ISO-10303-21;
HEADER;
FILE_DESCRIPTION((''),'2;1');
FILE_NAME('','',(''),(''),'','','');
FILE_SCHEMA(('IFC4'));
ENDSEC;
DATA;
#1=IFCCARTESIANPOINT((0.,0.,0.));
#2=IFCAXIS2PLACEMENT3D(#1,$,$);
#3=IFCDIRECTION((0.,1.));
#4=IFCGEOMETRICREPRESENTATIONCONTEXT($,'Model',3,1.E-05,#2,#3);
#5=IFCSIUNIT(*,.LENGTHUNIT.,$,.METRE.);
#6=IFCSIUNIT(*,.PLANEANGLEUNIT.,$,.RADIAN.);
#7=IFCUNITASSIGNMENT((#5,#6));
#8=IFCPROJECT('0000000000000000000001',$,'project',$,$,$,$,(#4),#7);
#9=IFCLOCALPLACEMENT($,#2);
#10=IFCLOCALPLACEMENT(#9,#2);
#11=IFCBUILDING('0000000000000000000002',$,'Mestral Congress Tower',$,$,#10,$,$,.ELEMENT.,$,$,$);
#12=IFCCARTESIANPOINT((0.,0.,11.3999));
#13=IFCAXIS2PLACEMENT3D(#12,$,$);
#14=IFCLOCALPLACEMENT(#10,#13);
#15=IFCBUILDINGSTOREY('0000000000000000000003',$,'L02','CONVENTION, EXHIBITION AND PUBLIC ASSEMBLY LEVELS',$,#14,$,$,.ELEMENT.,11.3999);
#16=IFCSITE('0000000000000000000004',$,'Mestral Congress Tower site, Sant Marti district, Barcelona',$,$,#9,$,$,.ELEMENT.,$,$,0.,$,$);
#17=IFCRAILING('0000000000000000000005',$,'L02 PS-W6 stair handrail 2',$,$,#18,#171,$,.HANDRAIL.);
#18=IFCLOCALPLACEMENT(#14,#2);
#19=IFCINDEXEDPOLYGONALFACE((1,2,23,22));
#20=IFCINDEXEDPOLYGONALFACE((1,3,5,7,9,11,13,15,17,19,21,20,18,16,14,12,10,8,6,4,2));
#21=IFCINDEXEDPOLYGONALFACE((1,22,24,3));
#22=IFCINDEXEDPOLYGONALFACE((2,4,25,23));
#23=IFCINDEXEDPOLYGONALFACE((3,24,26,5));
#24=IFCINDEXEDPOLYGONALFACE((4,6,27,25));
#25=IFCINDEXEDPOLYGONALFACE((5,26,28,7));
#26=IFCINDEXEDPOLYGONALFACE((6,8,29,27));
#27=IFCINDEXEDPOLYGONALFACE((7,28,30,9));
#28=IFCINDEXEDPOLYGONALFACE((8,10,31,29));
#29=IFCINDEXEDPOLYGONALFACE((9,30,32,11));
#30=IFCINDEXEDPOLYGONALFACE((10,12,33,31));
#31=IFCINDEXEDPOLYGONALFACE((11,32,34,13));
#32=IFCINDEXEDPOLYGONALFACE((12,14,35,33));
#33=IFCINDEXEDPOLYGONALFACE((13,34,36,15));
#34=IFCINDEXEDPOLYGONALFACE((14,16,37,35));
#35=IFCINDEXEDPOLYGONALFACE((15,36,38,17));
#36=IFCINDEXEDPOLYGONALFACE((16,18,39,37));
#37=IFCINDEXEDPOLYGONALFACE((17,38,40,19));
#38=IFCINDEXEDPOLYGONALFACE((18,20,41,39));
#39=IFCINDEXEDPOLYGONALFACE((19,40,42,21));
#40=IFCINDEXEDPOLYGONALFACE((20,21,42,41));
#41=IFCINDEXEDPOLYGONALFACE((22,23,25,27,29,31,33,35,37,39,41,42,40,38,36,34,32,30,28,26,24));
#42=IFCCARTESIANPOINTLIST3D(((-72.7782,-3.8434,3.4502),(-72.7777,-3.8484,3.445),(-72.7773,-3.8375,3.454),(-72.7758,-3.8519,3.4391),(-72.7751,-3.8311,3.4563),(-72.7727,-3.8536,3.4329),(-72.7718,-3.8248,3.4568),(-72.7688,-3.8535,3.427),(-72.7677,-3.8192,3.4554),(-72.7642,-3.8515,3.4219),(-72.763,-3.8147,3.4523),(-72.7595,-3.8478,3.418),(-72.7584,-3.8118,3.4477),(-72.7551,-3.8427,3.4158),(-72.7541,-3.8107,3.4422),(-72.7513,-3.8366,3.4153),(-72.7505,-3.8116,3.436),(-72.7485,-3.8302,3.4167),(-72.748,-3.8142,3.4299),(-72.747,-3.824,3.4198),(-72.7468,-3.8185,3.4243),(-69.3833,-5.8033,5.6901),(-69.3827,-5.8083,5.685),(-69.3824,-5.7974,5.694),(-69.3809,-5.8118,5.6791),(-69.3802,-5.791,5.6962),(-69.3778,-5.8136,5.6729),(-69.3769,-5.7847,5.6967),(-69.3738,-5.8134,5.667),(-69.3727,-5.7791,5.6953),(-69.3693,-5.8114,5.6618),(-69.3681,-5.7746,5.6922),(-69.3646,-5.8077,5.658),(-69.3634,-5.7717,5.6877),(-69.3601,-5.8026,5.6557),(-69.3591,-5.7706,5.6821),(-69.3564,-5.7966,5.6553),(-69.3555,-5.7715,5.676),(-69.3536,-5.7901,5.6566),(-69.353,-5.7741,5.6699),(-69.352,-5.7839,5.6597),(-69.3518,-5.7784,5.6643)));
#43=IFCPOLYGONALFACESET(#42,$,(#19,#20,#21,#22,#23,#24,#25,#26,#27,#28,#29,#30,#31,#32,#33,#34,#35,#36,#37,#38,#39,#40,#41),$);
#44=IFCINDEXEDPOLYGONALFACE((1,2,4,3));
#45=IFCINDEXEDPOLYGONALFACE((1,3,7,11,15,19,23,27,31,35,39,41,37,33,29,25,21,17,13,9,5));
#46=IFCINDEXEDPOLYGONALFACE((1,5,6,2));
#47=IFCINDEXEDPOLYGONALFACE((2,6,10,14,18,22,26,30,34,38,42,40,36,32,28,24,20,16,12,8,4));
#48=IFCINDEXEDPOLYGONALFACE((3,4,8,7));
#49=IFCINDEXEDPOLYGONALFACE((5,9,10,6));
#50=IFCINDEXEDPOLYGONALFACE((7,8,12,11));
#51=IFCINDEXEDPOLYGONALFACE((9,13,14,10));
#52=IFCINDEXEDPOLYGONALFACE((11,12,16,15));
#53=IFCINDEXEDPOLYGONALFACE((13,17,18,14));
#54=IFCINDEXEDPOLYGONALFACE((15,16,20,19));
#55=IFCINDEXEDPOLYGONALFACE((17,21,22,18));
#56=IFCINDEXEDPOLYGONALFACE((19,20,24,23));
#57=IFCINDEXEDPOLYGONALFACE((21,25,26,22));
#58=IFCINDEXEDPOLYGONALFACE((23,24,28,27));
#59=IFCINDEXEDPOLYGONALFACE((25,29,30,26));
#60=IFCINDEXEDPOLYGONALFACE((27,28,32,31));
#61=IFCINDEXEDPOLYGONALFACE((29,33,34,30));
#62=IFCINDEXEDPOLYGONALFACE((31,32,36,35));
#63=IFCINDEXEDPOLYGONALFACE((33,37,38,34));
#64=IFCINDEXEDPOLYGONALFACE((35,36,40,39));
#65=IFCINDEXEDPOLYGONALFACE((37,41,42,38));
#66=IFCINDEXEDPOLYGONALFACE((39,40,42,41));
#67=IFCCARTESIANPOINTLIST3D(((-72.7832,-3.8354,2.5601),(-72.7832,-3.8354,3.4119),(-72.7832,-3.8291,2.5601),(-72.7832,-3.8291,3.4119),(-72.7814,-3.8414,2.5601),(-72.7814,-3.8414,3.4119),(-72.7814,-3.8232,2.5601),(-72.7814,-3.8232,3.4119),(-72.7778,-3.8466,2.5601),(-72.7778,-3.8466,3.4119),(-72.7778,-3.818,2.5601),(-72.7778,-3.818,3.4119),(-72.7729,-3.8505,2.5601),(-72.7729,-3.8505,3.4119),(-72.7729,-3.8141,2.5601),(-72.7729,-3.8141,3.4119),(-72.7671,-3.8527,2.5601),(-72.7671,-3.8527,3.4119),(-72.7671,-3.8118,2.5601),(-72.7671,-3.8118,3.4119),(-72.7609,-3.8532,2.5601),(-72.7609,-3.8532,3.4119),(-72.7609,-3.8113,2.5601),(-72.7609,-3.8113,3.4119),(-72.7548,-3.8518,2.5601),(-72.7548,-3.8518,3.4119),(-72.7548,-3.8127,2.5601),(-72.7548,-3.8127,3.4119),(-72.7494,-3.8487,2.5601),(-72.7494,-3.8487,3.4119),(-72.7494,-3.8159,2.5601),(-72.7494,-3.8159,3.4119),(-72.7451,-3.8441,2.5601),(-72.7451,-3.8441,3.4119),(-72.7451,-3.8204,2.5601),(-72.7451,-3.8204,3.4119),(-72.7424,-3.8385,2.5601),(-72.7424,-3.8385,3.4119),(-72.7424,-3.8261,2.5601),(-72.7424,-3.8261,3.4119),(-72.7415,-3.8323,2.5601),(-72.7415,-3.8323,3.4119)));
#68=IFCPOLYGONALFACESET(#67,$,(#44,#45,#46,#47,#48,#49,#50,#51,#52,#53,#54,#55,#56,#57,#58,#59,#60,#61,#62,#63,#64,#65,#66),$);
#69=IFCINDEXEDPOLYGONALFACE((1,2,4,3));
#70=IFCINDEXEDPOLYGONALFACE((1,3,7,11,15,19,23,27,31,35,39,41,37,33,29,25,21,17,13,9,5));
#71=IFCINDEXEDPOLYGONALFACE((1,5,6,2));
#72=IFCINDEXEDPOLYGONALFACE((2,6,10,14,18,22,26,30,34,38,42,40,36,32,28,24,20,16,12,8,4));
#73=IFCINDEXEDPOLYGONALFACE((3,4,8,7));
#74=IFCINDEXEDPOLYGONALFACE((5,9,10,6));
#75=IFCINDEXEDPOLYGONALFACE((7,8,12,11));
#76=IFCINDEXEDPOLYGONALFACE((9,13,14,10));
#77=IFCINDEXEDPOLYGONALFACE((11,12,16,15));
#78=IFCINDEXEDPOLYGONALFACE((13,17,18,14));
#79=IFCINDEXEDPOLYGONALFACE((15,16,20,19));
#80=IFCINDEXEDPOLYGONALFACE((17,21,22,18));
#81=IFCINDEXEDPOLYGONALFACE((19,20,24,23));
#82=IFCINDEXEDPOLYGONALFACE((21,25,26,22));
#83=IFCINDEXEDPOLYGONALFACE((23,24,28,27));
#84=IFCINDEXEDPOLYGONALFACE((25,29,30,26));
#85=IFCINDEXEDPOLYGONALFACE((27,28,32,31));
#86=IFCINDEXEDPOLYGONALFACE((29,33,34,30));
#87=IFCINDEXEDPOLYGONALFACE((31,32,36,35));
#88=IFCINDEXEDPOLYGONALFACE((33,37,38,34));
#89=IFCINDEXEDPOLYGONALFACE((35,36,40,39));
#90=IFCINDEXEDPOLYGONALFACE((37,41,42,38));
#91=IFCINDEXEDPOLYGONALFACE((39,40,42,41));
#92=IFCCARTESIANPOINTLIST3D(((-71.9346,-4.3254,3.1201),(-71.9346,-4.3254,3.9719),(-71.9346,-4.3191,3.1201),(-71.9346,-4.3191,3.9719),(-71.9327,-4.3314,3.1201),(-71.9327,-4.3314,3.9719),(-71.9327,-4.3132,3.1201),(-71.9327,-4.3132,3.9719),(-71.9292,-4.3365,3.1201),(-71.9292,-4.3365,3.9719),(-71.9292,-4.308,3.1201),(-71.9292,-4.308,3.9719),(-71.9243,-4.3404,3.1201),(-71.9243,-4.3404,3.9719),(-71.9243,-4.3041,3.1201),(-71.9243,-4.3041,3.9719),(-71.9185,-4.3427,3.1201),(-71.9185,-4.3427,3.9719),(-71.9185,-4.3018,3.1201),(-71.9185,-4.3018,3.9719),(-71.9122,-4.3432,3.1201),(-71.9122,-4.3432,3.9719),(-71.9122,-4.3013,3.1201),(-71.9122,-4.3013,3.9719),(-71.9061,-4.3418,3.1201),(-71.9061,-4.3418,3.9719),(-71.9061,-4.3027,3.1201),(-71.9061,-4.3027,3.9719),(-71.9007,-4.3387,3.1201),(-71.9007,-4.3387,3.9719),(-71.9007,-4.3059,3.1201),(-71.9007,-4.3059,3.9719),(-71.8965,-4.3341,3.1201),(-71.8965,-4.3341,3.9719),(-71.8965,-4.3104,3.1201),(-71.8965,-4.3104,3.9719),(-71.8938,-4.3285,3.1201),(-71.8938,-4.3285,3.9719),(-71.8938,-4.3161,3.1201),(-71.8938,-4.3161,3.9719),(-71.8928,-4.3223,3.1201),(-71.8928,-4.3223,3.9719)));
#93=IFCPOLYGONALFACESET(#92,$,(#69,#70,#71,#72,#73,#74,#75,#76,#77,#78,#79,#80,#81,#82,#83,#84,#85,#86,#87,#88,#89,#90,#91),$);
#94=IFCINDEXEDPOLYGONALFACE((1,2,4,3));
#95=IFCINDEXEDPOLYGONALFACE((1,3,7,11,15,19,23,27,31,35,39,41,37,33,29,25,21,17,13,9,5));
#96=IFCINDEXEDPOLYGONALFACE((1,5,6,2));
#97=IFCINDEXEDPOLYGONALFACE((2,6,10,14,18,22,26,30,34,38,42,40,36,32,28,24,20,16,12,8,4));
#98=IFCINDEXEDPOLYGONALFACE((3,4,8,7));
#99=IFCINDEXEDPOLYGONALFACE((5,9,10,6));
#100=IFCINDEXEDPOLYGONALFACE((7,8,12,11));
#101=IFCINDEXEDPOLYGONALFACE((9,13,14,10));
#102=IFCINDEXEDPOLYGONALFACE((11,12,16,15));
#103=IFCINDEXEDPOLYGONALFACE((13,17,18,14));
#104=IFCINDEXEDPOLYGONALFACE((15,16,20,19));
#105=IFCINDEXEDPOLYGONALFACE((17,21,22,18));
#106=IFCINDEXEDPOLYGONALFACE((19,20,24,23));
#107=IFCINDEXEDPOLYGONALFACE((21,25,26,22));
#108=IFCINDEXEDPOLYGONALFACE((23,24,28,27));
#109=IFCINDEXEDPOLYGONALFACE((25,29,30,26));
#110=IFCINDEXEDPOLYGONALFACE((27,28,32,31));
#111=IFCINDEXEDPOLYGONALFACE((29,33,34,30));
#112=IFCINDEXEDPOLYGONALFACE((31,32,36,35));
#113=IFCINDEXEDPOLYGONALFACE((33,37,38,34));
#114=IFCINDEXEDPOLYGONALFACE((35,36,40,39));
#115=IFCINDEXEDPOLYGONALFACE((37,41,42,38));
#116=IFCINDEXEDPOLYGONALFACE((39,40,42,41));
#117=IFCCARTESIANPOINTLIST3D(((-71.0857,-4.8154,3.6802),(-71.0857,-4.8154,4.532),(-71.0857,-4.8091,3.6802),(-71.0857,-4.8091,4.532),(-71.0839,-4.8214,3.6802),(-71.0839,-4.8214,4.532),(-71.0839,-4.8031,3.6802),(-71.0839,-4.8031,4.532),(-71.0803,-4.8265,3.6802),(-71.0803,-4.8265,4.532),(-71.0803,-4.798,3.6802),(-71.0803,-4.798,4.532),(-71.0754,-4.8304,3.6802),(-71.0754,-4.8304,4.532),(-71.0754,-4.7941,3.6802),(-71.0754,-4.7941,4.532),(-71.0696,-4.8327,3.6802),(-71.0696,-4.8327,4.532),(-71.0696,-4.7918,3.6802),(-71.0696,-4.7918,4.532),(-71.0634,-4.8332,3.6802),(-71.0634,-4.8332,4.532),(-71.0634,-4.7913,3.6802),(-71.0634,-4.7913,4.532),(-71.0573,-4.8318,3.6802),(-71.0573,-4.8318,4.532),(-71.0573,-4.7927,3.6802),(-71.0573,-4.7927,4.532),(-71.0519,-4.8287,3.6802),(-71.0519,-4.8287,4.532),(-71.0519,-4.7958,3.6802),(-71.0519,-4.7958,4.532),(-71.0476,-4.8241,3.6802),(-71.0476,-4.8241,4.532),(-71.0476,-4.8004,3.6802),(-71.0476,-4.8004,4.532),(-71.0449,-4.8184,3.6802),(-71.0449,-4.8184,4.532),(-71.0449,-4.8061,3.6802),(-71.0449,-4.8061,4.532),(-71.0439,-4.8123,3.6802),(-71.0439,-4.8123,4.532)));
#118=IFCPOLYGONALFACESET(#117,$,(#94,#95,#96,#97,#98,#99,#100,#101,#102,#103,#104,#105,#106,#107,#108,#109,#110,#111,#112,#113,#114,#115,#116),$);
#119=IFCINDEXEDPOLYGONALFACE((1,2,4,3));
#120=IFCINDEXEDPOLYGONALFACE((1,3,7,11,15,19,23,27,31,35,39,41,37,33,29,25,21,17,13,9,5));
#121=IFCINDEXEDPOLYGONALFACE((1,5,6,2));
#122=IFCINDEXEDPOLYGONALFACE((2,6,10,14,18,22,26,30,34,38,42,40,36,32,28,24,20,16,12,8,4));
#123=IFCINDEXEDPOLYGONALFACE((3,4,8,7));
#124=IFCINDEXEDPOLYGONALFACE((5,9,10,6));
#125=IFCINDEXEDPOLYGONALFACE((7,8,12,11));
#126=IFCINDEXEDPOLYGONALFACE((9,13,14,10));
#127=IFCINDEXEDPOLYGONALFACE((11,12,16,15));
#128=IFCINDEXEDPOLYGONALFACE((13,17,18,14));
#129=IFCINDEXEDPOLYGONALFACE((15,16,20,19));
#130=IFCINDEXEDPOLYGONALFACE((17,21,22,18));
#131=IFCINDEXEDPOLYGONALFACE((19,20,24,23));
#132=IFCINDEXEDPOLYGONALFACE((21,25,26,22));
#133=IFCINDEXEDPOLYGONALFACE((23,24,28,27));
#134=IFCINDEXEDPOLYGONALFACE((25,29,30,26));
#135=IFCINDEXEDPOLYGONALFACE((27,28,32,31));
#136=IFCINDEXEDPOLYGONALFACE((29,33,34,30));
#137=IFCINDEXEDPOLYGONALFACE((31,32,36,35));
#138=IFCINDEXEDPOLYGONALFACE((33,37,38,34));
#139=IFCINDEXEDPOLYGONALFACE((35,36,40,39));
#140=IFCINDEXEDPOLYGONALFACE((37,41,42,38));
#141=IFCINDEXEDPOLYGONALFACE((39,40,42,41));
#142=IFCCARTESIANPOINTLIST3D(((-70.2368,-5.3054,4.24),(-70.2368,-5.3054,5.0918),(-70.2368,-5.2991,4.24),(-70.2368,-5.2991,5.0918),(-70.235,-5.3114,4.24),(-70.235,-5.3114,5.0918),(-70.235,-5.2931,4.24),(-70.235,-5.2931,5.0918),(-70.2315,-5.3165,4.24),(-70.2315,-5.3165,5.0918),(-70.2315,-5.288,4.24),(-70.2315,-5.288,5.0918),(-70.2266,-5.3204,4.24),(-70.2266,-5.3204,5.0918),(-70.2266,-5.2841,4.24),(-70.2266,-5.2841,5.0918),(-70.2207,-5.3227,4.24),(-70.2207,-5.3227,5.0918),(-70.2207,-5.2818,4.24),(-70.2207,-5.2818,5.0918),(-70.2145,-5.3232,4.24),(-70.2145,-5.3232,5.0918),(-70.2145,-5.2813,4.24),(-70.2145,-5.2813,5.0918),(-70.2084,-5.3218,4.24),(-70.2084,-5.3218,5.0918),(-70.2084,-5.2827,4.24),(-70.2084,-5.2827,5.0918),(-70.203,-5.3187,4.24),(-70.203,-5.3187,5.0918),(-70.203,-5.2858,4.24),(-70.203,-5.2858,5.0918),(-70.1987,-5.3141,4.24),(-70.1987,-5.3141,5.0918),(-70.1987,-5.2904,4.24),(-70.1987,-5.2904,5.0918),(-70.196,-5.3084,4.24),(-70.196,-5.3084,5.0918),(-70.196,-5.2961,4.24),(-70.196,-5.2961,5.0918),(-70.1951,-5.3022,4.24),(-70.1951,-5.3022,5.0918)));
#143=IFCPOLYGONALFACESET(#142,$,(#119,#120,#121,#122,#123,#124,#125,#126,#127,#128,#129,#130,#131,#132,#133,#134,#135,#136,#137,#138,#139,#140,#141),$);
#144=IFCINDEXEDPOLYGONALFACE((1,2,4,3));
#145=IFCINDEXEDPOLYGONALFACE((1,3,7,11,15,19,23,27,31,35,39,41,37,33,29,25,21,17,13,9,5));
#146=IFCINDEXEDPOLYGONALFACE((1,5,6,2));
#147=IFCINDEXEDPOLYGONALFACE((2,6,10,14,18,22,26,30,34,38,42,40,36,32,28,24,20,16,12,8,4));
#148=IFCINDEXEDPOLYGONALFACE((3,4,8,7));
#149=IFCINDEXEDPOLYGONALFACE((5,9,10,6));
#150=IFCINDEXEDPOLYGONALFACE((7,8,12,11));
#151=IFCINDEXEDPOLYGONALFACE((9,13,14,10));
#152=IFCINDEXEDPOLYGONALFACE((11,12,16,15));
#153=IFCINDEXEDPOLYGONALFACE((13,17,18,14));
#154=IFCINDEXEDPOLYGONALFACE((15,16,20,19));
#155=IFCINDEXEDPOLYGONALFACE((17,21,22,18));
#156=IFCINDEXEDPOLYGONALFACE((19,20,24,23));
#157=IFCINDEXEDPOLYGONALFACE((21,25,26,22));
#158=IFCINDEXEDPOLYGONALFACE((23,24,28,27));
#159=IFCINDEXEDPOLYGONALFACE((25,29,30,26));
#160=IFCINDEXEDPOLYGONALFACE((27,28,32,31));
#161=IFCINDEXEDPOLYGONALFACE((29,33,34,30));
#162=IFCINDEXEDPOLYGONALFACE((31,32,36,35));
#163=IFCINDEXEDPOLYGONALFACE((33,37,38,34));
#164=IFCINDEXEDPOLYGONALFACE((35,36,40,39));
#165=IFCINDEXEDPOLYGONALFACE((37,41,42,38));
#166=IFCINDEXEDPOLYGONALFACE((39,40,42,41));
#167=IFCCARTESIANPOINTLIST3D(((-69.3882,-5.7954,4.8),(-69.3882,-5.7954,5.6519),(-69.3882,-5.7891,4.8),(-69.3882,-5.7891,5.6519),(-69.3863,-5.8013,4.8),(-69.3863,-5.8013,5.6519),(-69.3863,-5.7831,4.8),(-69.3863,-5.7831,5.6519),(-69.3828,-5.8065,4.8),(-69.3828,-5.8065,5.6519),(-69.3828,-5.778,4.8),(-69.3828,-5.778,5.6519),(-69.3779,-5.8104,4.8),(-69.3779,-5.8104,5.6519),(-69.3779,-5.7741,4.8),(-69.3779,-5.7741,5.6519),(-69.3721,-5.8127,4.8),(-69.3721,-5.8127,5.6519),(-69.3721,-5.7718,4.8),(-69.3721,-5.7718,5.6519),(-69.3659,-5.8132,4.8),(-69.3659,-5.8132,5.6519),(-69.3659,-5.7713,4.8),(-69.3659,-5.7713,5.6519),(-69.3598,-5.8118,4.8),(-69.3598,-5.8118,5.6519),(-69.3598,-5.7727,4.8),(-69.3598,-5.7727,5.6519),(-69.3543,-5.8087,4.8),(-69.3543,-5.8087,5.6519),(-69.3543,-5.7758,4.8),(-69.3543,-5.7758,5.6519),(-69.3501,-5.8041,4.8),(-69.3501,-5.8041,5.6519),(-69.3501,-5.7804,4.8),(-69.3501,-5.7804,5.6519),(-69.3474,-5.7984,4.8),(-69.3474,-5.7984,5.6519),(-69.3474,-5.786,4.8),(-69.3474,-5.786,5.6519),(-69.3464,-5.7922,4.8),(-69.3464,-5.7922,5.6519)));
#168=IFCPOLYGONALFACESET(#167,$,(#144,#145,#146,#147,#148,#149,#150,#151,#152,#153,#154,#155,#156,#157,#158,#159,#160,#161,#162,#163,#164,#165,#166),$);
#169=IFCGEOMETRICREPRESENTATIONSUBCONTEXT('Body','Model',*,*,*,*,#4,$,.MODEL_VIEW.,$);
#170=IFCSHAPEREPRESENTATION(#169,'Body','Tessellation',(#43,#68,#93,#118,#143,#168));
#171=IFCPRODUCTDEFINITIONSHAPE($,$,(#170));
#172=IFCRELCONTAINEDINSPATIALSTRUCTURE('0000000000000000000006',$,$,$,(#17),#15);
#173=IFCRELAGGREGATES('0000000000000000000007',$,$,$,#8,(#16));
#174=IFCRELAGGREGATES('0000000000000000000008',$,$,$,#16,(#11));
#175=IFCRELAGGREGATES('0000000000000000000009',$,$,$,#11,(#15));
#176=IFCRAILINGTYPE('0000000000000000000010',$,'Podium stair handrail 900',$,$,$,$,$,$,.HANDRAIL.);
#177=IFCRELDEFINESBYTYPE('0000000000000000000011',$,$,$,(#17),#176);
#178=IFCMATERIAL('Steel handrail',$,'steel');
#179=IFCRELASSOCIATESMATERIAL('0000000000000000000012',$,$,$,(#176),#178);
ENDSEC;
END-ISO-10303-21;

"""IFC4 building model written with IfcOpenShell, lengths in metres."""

from ifc_helpers import new_model, si_unit, direction, frame, origin, origin_2d, place, context, subcontext, project, spatial, circle, extrude, material, type_object, element, save


model = new_model("IFC4")

# Units and contexts
model_context = context("Model", 3, precision=1e-05, world=origin(), true_north=direction((0.0, 1.0)))
body_context = subcontext(model_context, "Body", "Model", "MODEL_VIEW")
ifc_project = project(units=[si_unit("LENGTHUNIT", "METRE"), si_unit("PLANEANGLEUNIT", "RADIAN")], contexts=[model_context])

# Site, building, storey
site_placement = place(None, origin())
site = spatial("IfcSite", under=ifc_project, at=site_placement, Name="Mestral Congress Tower site, Sant Marti district, Barcelona", CompositionType="ELEMENT", RefElevation=0.0)
building_placement = place(site_placement, origin())
building = spatial("IfcBuilding", under=site, at=building_placement, Name="Mestral Congress Tower", CompositionType="ELEMENT")
storey_placement = place(building_placement, frame((0.0, 0.0, 11.3999)))
storey = spatial("IfcBuildingStorey", under=building, at=storey_placement, Name="L02", Description="CONVENTION, EXHIBITION AND PUBLIC ASSEMBLY LEVELS", CompositionType="ELEMENT", Elevation=11.3999)

# Railing
ifc_material_1 = material(Name="Steel handrail", Category="steel")
railing_type_1 = type_object("IfcRailingType", Name="Podium stair handrail 900", PredefinedType="HANDRAIL", material=ifc_material_1)
railing_1_placement = place(storey_placement, frame((-72.7625, -3.8323, 2.5601)))
element("IfcRailing", 1, at=railing_1_placement, inside=storey, type_object=railing_type_1, Name="L02 PS-W6 stair handrail 2", PredefinedType="HANDRAIL", context=body_context, shape_type="SweptSolid", body=[
    extrude(circle(Radius=0.0239, at=origin_2d()), frame((0.0, 0.0, 0.876), z_axis=(0.751943, -0.434101, 0.496123), x_axis=(0.49997, 0.866042, 0.0)), (0.0, 0.0, 1.0), 4.5149),
    extrude(circle(Radius=0.021, at=origin_2d()), origin(), (0.0, 0.0, 1.0), 0.8518),
    extrude(circle(Radius=0.021, at=origin_2d()), frame((0.8486, -0.49, 0.5601)), (0.0, 0.0, 1.0), 0.8518),
    extrude(circle(Radius=0.021, at=origin_2d()), frame((1.6975, -0.98, 1.1201)), (0.0, 0.0, 1.0), 0.8518),
    extrude(circle(Radius=0.021, at=origin_2d()), frame((2.5464, -1.47, 1.6799)), (0.0, 0.0, 1.0), 0.8518),
    extrude(circle(Radius=0.021, at=origin_2d()), frame((3.395, -1.96, 2.24)), (0.0, 0.0, 1.0), 0.8518),
])

save(model, "model.ifc")
